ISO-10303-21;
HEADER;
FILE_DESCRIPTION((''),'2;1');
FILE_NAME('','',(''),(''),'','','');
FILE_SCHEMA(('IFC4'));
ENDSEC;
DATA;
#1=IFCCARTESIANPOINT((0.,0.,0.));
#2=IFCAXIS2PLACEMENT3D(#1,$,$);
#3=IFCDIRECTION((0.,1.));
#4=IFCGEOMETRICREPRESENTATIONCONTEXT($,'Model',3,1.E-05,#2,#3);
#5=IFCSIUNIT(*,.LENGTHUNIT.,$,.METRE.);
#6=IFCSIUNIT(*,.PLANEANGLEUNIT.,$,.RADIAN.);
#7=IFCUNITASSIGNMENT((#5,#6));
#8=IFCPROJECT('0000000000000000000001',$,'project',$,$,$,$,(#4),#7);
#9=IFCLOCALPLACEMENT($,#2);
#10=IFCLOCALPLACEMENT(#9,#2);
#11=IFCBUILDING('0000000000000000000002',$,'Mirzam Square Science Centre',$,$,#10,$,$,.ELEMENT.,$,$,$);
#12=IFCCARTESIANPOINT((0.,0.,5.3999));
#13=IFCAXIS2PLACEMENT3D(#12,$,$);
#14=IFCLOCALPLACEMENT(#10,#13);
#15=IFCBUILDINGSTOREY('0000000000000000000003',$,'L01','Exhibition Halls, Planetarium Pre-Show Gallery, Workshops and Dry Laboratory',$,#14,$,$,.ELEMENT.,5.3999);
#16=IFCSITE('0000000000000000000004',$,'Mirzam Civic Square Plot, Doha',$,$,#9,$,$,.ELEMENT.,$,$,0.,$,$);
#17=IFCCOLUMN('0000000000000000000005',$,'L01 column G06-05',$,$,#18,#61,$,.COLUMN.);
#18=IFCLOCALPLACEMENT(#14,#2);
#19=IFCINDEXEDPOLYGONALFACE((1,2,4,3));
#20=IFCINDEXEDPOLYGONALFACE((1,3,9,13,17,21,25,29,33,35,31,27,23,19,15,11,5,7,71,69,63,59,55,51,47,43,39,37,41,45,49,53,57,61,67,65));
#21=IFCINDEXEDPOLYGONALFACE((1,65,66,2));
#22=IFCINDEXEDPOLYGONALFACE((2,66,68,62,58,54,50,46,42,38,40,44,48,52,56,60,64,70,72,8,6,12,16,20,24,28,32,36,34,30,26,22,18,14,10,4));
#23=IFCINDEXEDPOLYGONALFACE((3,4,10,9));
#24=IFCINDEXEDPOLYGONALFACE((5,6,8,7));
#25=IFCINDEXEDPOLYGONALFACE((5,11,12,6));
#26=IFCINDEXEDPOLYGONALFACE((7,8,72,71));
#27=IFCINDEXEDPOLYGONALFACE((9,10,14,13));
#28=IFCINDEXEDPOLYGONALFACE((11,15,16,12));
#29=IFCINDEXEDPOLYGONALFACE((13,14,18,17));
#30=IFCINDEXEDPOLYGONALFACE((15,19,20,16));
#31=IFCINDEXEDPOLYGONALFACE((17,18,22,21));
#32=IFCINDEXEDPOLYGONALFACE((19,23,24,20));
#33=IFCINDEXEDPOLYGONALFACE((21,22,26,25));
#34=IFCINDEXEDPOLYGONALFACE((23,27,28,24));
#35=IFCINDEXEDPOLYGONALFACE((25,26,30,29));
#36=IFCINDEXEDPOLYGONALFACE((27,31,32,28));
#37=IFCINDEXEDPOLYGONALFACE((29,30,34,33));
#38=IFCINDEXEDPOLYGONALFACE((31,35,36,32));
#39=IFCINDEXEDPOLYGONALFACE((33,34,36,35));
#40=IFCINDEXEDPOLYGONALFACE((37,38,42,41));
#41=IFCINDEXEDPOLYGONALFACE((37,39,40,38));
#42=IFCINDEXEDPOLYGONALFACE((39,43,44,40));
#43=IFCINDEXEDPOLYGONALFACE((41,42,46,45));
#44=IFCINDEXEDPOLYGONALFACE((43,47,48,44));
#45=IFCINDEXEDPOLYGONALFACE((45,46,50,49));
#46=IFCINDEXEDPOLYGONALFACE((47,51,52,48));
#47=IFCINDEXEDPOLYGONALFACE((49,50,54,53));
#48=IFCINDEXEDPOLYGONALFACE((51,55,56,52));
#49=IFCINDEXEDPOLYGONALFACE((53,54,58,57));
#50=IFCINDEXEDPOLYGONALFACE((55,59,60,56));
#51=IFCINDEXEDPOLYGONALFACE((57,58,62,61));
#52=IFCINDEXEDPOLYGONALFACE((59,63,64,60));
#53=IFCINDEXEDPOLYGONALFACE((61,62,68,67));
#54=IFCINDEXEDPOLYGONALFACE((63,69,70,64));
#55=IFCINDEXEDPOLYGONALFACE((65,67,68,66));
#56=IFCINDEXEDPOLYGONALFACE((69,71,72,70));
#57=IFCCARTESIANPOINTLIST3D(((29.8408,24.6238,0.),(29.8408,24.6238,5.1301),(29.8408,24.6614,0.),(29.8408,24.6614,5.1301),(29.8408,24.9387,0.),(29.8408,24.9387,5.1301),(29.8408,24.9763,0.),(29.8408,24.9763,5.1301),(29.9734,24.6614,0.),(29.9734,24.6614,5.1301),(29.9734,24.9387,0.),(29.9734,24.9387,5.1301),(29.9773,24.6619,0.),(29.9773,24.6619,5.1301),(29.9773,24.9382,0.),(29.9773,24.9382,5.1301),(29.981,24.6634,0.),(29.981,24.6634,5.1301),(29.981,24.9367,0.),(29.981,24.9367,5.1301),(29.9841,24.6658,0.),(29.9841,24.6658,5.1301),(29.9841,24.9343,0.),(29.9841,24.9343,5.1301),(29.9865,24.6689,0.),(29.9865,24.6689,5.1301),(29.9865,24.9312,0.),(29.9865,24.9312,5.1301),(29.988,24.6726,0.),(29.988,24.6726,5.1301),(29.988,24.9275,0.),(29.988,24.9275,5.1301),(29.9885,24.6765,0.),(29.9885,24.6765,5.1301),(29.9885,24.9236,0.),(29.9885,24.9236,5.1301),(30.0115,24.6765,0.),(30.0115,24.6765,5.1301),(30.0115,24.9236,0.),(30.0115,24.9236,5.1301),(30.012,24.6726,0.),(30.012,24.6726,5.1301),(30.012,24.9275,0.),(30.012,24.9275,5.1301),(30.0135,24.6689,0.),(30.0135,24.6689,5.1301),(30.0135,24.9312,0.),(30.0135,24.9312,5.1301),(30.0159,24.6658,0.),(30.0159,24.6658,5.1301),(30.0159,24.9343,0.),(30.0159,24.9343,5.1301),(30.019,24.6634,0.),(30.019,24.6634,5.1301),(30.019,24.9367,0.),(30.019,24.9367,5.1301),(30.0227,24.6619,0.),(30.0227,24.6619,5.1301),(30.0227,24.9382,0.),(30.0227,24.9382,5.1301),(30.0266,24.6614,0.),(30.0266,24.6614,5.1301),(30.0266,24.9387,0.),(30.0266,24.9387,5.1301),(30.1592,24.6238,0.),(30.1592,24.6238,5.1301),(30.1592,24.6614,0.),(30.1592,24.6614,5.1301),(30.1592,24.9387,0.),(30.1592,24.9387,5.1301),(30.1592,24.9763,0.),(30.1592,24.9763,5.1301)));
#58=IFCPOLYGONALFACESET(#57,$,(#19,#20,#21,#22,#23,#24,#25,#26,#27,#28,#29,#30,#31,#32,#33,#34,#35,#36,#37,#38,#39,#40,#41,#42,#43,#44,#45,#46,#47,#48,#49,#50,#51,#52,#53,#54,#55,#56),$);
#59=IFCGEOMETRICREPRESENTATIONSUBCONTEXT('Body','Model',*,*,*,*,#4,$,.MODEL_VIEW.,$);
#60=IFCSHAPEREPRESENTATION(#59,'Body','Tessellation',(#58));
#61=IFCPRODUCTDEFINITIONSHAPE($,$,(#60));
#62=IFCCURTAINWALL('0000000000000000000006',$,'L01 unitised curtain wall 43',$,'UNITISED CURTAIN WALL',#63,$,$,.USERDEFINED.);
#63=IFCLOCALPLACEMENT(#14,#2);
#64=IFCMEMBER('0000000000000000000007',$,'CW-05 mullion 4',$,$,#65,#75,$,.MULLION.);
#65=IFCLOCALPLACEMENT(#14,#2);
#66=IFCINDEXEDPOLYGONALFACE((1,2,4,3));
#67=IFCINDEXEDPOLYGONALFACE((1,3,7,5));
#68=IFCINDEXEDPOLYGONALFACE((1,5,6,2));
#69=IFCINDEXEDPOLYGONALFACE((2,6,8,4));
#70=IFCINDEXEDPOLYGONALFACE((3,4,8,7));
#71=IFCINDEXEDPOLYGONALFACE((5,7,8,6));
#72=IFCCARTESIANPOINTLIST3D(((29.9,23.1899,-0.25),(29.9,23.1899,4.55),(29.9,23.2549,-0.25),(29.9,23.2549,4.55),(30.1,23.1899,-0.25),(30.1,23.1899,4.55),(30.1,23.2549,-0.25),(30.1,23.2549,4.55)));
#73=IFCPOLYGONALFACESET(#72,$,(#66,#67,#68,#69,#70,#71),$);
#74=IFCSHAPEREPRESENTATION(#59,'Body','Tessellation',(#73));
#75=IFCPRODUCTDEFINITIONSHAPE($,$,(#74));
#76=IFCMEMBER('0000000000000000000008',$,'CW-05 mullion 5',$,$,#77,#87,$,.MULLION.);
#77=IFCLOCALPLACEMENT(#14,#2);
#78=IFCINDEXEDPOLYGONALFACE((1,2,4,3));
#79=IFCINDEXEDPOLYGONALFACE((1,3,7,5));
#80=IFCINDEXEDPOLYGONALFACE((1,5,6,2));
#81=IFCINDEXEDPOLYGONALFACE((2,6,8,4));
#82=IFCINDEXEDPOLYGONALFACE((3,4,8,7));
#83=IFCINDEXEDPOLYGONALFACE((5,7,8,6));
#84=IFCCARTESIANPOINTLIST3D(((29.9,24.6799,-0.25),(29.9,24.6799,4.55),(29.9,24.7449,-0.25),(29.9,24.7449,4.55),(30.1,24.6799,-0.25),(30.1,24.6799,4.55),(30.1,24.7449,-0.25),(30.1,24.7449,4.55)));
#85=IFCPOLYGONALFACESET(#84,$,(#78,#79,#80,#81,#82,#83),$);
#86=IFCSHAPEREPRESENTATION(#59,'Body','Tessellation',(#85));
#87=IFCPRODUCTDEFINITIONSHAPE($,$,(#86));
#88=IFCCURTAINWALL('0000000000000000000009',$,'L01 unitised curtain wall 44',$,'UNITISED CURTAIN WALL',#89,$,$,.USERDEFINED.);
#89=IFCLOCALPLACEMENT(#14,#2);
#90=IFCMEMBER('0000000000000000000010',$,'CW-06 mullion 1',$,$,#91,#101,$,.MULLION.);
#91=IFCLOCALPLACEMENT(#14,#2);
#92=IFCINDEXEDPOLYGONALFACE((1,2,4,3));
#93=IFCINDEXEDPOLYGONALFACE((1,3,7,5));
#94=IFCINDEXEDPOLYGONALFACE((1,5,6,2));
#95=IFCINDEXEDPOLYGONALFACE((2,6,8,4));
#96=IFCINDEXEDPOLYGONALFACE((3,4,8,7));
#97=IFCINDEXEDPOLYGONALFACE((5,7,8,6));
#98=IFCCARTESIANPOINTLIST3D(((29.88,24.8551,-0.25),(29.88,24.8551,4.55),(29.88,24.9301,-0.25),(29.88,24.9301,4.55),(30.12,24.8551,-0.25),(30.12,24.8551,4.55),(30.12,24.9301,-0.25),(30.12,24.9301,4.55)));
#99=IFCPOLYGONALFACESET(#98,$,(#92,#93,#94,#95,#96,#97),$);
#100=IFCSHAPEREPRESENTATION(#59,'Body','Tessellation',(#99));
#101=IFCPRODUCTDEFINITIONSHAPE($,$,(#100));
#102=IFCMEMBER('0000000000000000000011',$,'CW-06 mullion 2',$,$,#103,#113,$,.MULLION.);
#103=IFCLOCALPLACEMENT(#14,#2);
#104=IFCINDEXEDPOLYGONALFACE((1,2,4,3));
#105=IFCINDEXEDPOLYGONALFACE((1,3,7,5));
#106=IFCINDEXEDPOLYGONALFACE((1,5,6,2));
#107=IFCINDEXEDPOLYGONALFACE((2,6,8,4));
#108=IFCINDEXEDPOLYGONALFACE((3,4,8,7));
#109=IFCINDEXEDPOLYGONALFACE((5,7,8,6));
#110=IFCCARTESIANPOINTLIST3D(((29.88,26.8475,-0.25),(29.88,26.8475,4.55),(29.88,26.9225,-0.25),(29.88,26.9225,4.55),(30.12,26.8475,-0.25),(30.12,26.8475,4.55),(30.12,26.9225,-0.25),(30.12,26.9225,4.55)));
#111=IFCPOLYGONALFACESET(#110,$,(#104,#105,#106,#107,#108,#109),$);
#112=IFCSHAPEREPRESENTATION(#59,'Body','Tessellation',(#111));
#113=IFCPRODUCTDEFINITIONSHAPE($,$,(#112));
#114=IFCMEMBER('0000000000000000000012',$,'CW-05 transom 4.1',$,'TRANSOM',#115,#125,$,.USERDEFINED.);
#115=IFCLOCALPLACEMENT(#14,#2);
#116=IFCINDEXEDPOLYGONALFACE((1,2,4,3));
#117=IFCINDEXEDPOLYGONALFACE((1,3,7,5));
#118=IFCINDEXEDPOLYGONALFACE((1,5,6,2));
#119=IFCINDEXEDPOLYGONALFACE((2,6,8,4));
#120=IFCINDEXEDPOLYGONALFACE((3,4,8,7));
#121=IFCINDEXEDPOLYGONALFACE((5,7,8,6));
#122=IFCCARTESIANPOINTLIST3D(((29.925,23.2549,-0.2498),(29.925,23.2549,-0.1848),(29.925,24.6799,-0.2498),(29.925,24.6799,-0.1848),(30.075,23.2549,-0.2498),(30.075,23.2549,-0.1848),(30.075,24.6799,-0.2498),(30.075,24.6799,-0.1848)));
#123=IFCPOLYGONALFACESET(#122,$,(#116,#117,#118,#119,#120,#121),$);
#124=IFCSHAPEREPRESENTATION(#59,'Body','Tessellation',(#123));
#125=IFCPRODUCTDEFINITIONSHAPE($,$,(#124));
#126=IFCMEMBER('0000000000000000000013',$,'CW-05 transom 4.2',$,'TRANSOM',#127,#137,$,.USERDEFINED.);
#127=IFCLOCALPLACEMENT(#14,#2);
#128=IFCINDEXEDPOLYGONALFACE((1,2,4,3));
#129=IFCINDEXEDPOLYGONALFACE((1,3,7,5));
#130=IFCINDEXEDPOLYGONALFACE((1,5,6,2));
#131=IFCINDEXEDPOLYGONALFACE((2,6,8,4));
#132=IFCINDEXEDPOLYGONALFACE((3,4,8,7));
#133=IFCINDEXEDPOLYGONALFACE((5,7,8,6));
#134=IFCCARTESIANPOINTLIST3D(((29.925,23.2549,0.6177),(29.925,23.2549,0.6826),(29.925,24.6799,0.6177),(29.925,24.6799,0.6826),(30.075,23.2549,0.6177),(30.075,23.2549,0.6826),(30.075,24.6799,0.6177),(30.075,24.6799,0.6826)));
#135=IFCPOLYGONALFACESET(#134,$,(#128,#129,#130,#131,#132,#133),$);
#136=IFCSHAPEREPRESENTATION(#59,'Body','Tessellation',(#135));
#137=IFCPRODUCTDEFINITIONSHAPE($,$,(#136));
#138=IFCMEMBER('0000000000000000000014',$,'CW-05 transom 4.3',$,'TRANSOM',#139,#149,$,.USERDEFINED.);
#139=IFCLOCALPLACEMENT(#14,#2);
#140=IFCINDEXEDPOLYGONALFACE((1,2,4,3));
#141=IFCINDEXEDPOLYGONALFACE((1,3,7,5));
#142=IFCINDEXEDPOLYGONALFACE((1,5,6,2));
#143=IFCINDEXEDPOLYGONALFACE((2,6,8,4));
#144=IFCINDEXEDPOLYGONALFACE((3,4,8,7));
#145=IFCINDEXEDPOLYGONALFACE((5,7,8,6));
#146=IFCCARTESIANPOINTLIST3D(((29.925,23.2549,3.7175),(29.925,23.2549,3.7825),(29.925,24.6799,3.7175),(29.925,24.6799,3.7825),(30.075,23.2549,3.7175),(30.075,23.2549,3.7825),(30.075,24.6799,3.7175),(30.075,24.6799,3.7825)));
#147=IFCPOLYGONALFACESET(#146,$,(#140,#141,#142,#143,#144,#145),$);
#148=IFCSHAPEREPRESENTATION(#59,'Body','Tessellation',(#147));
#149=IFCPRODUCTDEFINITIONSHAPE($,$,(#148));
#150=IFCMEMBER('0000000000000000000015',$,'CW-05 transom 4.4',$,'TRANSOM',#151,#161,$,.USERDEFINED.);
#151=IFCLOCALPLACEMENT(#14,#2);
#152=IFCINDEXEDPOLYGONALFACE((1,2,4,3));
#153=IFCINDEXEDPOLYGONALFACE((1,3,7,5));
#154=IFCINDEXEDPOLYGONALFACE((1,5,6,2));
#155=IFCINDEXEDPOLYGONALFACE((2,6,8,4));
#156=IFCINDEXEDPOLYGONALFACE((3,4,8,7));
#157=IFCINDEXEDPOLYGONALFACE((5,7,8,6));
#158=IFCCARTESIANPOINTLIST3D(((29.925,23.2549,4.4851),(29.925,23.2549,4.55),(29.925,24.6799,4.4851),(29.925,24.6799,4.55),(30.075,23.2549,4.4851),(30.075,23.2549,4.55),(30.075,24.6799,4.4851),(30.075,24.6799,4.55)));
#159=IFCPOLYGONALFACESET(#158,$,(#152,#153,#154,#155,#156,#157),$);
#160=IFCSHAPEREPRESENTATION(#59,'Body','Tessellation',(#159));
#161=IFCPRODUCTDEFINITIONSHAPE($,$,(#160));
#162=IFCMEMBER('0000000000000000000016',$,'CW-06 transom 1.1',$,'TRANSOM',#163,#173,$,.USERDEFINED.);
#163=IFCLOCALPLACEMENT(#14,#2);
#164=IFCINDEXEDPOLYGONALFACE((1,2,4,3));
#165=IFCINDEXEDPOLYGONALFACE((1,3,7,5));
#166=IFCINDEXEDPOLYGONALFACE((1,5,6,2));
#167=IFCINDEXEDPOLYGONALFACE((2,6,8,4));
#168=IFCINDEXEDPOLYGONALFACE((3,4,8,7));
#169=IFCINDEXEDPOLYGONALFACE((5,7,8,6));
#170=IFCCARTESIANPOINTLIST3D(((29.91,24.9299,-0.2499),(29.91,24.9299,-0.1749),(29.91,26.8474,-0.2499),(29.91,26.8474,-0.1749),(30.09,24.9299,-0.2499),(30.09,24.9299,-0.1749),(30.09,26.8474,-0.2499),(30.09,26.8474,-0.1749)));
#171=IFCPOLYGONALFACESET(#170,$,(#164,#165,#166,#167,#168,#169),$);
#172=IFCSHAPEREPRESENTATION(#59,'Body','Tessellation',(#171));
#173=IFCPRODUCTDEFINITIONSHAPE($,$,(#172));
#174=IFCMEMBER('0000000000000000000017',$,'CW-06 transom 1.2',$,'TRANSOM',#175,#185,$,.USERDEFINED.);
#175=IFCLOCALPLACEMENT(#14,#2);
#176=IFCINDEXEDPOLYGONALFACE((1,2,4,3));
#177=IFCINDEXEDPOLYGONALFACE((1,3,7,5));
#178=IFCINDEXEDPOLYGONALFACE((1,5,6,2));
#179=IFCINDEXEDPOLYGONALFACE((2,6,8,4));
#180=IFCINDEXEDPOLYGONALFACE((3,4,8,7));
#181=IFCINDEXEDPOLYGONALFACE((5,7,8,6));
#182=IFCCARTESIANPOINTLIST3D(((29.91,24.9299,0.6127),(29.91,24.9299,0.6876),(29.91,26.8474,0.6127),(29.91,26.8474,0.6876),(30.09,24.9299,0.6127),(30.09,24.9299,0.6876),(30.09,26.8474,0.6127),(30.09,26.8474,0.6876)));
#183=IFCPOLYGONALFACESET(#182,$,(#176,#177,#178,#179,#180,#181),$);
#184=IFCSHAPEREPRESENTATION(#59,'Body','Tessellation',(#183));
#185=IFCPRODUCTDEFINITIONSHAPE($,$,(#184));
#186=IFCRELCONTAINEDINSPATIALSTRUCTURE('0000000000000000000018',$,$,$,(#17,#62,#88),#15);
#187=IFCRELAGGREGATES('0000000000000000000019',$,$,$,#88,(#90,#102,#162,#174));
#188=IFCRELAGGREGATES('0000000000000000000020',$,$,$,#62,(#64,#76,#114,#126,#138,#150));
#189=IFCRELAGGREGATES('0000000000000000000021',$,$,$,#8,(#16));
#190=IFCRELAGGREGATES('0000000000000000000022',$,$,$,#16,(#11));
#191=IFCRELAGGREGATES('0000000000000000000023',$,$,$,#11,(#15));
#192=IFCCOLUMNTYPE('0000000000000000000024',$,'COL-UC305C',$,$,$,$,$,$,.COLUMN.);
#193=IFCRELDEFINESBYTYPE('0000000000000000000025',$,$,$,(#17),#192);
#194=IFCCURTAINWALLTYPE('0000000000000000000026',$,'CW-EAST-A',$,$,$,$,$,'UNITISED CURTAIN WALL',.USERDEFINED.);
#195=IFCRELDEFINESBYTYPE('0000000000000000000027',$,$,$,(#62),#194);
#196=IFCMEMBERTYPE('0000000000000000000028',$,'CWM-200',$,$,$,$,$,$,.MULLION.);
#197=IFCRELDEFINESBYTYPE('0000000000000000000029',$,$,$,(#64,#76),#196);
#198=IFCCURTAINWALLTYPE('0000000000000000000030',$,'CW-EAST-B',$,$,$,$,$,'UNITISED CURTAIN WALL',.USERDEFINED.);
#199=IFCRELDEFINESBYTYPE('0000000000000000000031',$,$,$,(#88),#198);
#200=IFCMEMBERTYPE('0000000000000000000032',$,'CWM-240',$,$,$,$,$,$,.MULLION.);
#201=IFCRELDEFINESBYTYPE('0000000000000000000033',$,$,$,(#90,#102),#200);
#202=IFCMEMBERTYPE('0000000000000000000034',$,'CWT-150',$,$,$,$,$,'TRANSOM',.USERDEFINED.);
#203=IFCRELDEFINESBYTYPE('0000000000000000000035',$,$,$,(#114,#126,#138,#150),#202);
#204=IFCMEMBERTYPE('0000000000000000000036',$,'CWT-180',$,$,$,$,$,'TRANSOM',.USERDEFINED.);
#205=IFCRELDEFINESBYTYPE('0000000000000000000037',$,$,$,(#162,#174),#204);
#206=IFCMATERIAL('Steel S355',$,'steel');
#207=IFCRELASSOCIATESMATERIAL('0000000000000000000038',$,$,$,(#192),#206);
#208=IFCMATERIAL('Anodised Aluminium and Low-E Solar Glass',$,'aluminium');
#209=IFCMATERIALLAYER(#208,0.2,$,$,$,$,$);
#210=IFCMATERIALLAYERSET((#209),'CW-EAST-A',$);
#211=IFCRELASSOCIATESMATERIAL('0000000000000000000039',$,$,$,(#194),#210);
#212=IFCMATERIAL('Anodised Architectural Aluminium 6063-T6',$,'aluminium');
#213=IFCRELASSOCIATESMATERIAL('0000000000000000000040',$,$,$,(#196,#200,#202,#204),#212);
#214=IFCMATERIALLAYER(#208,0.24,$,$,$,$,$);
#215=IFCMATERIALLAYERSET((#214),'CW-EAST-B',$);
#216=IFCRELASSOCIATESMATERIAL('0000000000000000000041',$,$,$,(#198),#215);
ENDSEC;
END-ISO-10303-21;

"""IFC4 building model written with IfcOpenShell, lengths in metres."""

from ifc_helpers import new_model, si_unit, direction, frame, origin, origin_2d, place, context, subcontext, project, spatial, rectangle, i_section, extrude, material, layer, layer_set, material_profile, profile_set, type_object, element, aggregate, save


model = new_model("IFC4")

# Units and contexts
model_context = context("Model", 3, precision=1e-05, world=origin(), true_north=direction((0.0, 1.0)))
body_context = subcontext(model_context, "Body", "Model", "MODEL_VIEW")
ifc_project = project(units=[si_unit("LENGTHUNIT", "METRE"), si_unit("PLANEANGLEUNIT", "RADIAN")], contexts=[model_context])

# Site, building, storey
site_placement = place(None, origin())
site = spatial("IfcSite", under=ifc_project, at=site_placement, Name="Mirzam Civic Square Plot, Doha", CompositionType="ELEMENT", RefElevation=0.0)
building_placement = place(site_placement, origin())
building = spatial("IfcBuilding", under=site, at=building_placement, Name="Mirzam Square Science Centre", CompositionType="ELEMENT")
storey_placement = place(building_placement, frame((0.0, 0.0, 5.3999)))
storey = spatial("IfcBuildingStorey", under=building, at=storey_placement, Name="L01", Description="Exhibition Halls, Planetarium Pre-Show Gallery, Workshops and Dry Laboratory", CompositionType="ELEMENT", Elevation=5.3999)

# Column
ifc_material_1 = material(Name="Steel S355", Category="steel")
ifc_material_profile_1 = material_profile(ifc_material_1, i_section(OverallWidth=0.3184, OverallDepth=0.3525, WebThickness=0.0229, FlangeThickness=0.0376, FilletRadius=0.0151, at=origin_2d()), Name="305x305x240UC")
ifc_profile_set_1 = profile_set([ifc_material_profile_1], Name="Steel S355")
column_type = type_object("IfcColumnType", Name="COL-UC305C", PredefinedType="COLUMN", material=ifc_profile_set_1)
column_placement = place(storey_placement, frame((30.0, 24.8, 0.0), z_axis=(0.0, 0.0, 1.0), x_axis=(1.0, 0.0, 0.0)))
element("IfcColumn", 1, at=column_placement, inside=storey, type_object=column_type, Name="L01 column G06-05", PredefinedType="COLUMN", context=body_context, shape_type="SweptSolid", body=[
    extrude(i_section(OverallWidth=0.3184, OverallDepth=0.3525, WebThickness=0.0229, FlangeThickness=0.0376, FilletRadius=0.0151, at=origin_2d()), origin(), (0.0, 0.0, 1.0), 5.1301),
])

# Curtain walls, members
ifc_material_2 = material(Name="Anodised Aluminium and Low-E Solar Glass", Category="aluminium")
ifc_layer_1 = layer(ifc_material_2, 0.2)
ifc_layer_set_1 = layer_set([ifc_layer_1], Name="CW-EAST-A")
curtain_wall_type_1 = type_object("IfcCurtainWallType", Name="CW-EAST-A", ElementType="UNITISED CURTAIN WALL", PredefinedType="USERDEFINED", material=ifc_layer_set_1)
curtain_wall_1_placement = place(storey_placement, origin())
curtain_wall_1 = element("IfcCurtainWall", 2, at=curtain_wall_1_placement, inside=storey, type_object=curtain_wall_type_1, Name="L01 unitised curtain wall 43", ObjectType="UNITISED CURTAIN WALL", PredefinedType="USERDEFINED")
ifc_material_3 = material(Name="Anodised Architectural Aluminium 6063-T6", Category="aluminium")
ifc_material_profile_2 = material_profile(ifc_material_3, rectangle(XDim=0.0649, YDim=0.2, at=origin_2d()), Name="ALU-MULL-200x65x5")
ifc_profile_set_2 = profile_set([ifc_material_profile_2], Name="Anodised Architectural Aluminium 6063-T6")
member_type_1 = type_object("IfcMemberType", Name="CWM-200", PredefinedType="MULLION", material=ifc_profile_set_2)
member_1_placement = place(storey_placement, frame((30.0, 23.2224, -0.25), z_axis=(0.0, 0.0, 1.0), x_axis=(0.0, 1.0, 0.0)))
member_1 = element("IfcMember", 3, at=member_1_placement, type_object=member_type_1, Name="CW-05 mullion 4", PredefinedType="MULLION", context=body_context, shape_type="SweptSolid", body=[
    extrude(rectangle(XDim=0.0649, YDim=0.2, at=origin_2d()), origin(), (0.0, 0.0, 1.0), 4.8),
])
member_2_placement = place(storey_placement, frame((30.0, 24.7124, -0.25), z_axis=(0.0, 0.0, 1.0), x_axis=(0.0, 1.0, 0.0)))
member_2 = element("IfcMember", 4, at=member_2_placement, type_object=member_type_1, Name="CW-05 mullion 5", PredefinedType="MULLION", context=body_context, shape_type="SweptSolid", body=[
    extrude(rectangle(XDim=0.0649, YDim=0.2, at=origin_2d()), origin(), (0.0, 0.0, 1.0), 4.8),
])
ifc_layer_2 = layer(ifc_material_2, 0.24)
ifc_layer_set_2 = layer_set([ifc_layer_2], Name="CW-EAST-B")
curtain_wall_type_2 = type_object("IfcCurtainWallType", Name="CW-EAST-B", ElementType="UNITISED CURTAIN WALL", PredefinedType="USERDEFINED", material=ifc_layer_set_2)
curtain_wall_2_placement = place(storey_placement, origin())
curtain_wall_2 = element("IfcCurtainWall", 5, at=curtain_wall_2_placement, inside=storey, type_object=curtain_wall_type_2, Name="L01 unitised curtain wall 44", ObjectType="UNITISED CURTAIN WALL", PredefinedType="USERDEFINED")
ifc_material_profile_3 = material_profile(ifc_material_3, rectangle(XDim=0.075, YDim=0.24, at=origin_2d()), Name="ALU-MULL-240x75x5")
ifc_profile_set_3 = profile_set([ifc_material_profile_3], Name="Anodised Architectural Aluminium 6063-T6")
member_type_2 = type_object("IfcMemberType", Name="CWM-240", PredefinedType="MULLION", material=ifc_profile_set_3)
member_3_placement = place(storey_placement, frame((30.0, 24.8926, -0.25), z_axis=(0.0, 0.0, 1.0), x_axis=(0.0, 1.0, 0.0)))
member_3 = element("IfcMember", 6, at=member_3_placement, type_object=member_type_2, Name="CW-06 mullion 1", PredefinedType="MULLION", context=body_context, shape_type="SweptSolid", body=[
    extrude(rectangle(XDim=0.075, YDim=0.24, at=origin_2d()), origin(), (0.0, 0.0, 1.0), 4.8),
])
member_4_placement = place(storey_placement, frame((30.0, 26.885, -0.25), z_axis=(0.0, 0.0, 1.0), x_axis=(0.0, 1.0, 0.0)))
member_4 = element("IfcMember", 7, at=member_4_placement, type_object=member_type_2, Name="CW-06 mullion 2", PredefinedType="MULLION", context=body_context, shape_type="SweptSolid", body=[
    extrude(rectangle(XDim=0.075, YDim=0.24, at=origin_2d()), origin(), (0.0, 0.0, 1.0), 4.8),
])

# Members
ifc_material_profile_4 = material_profile(ifc_material_3, rectangle(XDim=0.1499, YDim=0.0649, at=origin_2d()), Name="ALU-TRAN-150x65x4")
ifc_profile_set_4 = profile_set([ifc_material_profile_4], Name="Anodised Architectural Aluminium 6063-T6")
member_type_3 = type_object("IfcMemberType", Name="CWT-150", ElementType="TRANSOM", PredefinedType="USERDEFINED", material=ifc_profile_set_4)
member_5_placement = place(storey_placement, frame((30.0, 23.2549, -0.2173), z_axis=(0.0, 1.0, 0.0), x_axis=(-1.0, 0.0, 0.0)))
member_5 = element("IfcMember", 8, at=member_5_placement, type_object=member_type_3, Name="CW-05 transom 4.1", ObjectType="TRANSOM", PredefinedType="USERDEFINED", context=body_context, shape_type="SweptSolid", body=[
    extrude(rectangle(XDim=0.1499, YDim=0.0649, at=origin_2d()), origin(), (0.0, 0.0, 1.0), 1.425),
])
member_6_placement = place(storey_placement, frame((30.0, 23.2549, 0.6501), z_axis=(0.0, 1.0, 0.0), x_axis=(-1.0, 0.0, 0.0)))
member_6 = element("IfcMember", 9, at=member_6_placement, type_object=member_type_3, Name="CW-05 transom 4.2", ObjectType="TRANSOM", PredefinedType="USERDEFINED", context=body_context, shape_type="SweptSolid", body=[
    extrude(rectangle(XDim=0.1499, YDim=0.0649, at=origin_2d()), origin(), (0.0, 0.0, 1.0), 1.425),
])
member_7_placement = place(storey_placement, frame((30.0, 23.2549, 3.75), z_axis=(0.0, 1.0, 0.0), x_axis=(-1.0, 0.0, 0.0)))
member_7 = element("IfcMember", 10, at=member_7_placement, type_object=member_type_3, Name="CW-05 transom 4.3", ObjectType="TRANSOM", PredefinedType="USERDEFINED", context=body_context, shape_type="SweptSolid", body=[
    extrude(rectangle(XDim=0.1499, YDim=0.0649, at=origin_2d()), origin(), (0.0, 0.0, 1.0), 1.425),
])
member_8_placement = place(storey_placement, frame((30.0, 23.2549, 4.5176), z_axis=(0.0, 1.0, 0.0), x_axis=(-1.0, 0.0, 0.0)))
member_8 = element("IfcMember", 11, at=member_8_placement, type_object=member_type_3, Name="CW-05 transom 4.4", ObjectType="TRANSOM", PredefinedType="USERDEFINED", context=body_context, shape_type="SweptSolid", body=[
    extrude(rectangle(XDim=0.1499, YDim=0.0649, at=origin_2d()), origin(), (0.0, 0.0, 1.0), 1.425),
])
ifc_material_profile_5 = material_profile(ifc_material_3, rectangle(XDim=0.1799, YDim=0.075, at=origin_2d()), Name="ALU-TRAN-180x75x5")
ifc_profile_set_5 = profile_set([ifc_material_profile_5], Name="Anodised Architectural Aluminium 6063-T6")
member_type_4 = type_object("IfcMemberType", Name="CWT-180", ElementType="TRANSOM", PredefinedType="USERDEFINED", material=ifc_profile_set_5)
member_9_placement = place(storey_placement, frame((30.0, 24.9299, -0.2124), z_axis=(0.0, 1.0, 0.0), x_axis=(-1.0, 0.0, 0.0)))
member_9 = element("IfcMember", 12, at=member_9_placement, type_object=member_type_4, Name="CW-06 transom 1.1", ObjectType="TRANSOM", PredefinedType="USERDEFINED", context=body_context, shape_type="SweptSolid", body=[
    extrude(rectangle(XDim=0.1799, YDim=0.075, at=origin_2d()), origin(), (0.0, 0.0, 1.0), 1.9175),
])
member_10_placement = place(storey_placement, frame((30.0, 24.9299, 0.6501), z_axis=(0.0, 1.0, 0.0), x_axis=(-1.0, 0.0, 0.0)))
member_10 = element("IfcMember", 13, at=member_10_placement, type_object=member_type_4, Name="CW-06 transom 1.2", ObjectType="TRANSOM", PredefinedType="USERDEFINED", context=body_context, shape_type="SweptSolid", body=[
    extrude(rectangle(XDim=0.1799, YDim=0.075, at=origin_2d()), origin(), (0.0, 0.0, 1.0), 1.9175),
])

aggregate(curtain_wall_2, [member_3, member_4, member_9, member_10])
aggregate(curtain_wall_1, [member_1, member_2, member_5, member_6, member_7, member_8])

save(model, "model.ifc")
